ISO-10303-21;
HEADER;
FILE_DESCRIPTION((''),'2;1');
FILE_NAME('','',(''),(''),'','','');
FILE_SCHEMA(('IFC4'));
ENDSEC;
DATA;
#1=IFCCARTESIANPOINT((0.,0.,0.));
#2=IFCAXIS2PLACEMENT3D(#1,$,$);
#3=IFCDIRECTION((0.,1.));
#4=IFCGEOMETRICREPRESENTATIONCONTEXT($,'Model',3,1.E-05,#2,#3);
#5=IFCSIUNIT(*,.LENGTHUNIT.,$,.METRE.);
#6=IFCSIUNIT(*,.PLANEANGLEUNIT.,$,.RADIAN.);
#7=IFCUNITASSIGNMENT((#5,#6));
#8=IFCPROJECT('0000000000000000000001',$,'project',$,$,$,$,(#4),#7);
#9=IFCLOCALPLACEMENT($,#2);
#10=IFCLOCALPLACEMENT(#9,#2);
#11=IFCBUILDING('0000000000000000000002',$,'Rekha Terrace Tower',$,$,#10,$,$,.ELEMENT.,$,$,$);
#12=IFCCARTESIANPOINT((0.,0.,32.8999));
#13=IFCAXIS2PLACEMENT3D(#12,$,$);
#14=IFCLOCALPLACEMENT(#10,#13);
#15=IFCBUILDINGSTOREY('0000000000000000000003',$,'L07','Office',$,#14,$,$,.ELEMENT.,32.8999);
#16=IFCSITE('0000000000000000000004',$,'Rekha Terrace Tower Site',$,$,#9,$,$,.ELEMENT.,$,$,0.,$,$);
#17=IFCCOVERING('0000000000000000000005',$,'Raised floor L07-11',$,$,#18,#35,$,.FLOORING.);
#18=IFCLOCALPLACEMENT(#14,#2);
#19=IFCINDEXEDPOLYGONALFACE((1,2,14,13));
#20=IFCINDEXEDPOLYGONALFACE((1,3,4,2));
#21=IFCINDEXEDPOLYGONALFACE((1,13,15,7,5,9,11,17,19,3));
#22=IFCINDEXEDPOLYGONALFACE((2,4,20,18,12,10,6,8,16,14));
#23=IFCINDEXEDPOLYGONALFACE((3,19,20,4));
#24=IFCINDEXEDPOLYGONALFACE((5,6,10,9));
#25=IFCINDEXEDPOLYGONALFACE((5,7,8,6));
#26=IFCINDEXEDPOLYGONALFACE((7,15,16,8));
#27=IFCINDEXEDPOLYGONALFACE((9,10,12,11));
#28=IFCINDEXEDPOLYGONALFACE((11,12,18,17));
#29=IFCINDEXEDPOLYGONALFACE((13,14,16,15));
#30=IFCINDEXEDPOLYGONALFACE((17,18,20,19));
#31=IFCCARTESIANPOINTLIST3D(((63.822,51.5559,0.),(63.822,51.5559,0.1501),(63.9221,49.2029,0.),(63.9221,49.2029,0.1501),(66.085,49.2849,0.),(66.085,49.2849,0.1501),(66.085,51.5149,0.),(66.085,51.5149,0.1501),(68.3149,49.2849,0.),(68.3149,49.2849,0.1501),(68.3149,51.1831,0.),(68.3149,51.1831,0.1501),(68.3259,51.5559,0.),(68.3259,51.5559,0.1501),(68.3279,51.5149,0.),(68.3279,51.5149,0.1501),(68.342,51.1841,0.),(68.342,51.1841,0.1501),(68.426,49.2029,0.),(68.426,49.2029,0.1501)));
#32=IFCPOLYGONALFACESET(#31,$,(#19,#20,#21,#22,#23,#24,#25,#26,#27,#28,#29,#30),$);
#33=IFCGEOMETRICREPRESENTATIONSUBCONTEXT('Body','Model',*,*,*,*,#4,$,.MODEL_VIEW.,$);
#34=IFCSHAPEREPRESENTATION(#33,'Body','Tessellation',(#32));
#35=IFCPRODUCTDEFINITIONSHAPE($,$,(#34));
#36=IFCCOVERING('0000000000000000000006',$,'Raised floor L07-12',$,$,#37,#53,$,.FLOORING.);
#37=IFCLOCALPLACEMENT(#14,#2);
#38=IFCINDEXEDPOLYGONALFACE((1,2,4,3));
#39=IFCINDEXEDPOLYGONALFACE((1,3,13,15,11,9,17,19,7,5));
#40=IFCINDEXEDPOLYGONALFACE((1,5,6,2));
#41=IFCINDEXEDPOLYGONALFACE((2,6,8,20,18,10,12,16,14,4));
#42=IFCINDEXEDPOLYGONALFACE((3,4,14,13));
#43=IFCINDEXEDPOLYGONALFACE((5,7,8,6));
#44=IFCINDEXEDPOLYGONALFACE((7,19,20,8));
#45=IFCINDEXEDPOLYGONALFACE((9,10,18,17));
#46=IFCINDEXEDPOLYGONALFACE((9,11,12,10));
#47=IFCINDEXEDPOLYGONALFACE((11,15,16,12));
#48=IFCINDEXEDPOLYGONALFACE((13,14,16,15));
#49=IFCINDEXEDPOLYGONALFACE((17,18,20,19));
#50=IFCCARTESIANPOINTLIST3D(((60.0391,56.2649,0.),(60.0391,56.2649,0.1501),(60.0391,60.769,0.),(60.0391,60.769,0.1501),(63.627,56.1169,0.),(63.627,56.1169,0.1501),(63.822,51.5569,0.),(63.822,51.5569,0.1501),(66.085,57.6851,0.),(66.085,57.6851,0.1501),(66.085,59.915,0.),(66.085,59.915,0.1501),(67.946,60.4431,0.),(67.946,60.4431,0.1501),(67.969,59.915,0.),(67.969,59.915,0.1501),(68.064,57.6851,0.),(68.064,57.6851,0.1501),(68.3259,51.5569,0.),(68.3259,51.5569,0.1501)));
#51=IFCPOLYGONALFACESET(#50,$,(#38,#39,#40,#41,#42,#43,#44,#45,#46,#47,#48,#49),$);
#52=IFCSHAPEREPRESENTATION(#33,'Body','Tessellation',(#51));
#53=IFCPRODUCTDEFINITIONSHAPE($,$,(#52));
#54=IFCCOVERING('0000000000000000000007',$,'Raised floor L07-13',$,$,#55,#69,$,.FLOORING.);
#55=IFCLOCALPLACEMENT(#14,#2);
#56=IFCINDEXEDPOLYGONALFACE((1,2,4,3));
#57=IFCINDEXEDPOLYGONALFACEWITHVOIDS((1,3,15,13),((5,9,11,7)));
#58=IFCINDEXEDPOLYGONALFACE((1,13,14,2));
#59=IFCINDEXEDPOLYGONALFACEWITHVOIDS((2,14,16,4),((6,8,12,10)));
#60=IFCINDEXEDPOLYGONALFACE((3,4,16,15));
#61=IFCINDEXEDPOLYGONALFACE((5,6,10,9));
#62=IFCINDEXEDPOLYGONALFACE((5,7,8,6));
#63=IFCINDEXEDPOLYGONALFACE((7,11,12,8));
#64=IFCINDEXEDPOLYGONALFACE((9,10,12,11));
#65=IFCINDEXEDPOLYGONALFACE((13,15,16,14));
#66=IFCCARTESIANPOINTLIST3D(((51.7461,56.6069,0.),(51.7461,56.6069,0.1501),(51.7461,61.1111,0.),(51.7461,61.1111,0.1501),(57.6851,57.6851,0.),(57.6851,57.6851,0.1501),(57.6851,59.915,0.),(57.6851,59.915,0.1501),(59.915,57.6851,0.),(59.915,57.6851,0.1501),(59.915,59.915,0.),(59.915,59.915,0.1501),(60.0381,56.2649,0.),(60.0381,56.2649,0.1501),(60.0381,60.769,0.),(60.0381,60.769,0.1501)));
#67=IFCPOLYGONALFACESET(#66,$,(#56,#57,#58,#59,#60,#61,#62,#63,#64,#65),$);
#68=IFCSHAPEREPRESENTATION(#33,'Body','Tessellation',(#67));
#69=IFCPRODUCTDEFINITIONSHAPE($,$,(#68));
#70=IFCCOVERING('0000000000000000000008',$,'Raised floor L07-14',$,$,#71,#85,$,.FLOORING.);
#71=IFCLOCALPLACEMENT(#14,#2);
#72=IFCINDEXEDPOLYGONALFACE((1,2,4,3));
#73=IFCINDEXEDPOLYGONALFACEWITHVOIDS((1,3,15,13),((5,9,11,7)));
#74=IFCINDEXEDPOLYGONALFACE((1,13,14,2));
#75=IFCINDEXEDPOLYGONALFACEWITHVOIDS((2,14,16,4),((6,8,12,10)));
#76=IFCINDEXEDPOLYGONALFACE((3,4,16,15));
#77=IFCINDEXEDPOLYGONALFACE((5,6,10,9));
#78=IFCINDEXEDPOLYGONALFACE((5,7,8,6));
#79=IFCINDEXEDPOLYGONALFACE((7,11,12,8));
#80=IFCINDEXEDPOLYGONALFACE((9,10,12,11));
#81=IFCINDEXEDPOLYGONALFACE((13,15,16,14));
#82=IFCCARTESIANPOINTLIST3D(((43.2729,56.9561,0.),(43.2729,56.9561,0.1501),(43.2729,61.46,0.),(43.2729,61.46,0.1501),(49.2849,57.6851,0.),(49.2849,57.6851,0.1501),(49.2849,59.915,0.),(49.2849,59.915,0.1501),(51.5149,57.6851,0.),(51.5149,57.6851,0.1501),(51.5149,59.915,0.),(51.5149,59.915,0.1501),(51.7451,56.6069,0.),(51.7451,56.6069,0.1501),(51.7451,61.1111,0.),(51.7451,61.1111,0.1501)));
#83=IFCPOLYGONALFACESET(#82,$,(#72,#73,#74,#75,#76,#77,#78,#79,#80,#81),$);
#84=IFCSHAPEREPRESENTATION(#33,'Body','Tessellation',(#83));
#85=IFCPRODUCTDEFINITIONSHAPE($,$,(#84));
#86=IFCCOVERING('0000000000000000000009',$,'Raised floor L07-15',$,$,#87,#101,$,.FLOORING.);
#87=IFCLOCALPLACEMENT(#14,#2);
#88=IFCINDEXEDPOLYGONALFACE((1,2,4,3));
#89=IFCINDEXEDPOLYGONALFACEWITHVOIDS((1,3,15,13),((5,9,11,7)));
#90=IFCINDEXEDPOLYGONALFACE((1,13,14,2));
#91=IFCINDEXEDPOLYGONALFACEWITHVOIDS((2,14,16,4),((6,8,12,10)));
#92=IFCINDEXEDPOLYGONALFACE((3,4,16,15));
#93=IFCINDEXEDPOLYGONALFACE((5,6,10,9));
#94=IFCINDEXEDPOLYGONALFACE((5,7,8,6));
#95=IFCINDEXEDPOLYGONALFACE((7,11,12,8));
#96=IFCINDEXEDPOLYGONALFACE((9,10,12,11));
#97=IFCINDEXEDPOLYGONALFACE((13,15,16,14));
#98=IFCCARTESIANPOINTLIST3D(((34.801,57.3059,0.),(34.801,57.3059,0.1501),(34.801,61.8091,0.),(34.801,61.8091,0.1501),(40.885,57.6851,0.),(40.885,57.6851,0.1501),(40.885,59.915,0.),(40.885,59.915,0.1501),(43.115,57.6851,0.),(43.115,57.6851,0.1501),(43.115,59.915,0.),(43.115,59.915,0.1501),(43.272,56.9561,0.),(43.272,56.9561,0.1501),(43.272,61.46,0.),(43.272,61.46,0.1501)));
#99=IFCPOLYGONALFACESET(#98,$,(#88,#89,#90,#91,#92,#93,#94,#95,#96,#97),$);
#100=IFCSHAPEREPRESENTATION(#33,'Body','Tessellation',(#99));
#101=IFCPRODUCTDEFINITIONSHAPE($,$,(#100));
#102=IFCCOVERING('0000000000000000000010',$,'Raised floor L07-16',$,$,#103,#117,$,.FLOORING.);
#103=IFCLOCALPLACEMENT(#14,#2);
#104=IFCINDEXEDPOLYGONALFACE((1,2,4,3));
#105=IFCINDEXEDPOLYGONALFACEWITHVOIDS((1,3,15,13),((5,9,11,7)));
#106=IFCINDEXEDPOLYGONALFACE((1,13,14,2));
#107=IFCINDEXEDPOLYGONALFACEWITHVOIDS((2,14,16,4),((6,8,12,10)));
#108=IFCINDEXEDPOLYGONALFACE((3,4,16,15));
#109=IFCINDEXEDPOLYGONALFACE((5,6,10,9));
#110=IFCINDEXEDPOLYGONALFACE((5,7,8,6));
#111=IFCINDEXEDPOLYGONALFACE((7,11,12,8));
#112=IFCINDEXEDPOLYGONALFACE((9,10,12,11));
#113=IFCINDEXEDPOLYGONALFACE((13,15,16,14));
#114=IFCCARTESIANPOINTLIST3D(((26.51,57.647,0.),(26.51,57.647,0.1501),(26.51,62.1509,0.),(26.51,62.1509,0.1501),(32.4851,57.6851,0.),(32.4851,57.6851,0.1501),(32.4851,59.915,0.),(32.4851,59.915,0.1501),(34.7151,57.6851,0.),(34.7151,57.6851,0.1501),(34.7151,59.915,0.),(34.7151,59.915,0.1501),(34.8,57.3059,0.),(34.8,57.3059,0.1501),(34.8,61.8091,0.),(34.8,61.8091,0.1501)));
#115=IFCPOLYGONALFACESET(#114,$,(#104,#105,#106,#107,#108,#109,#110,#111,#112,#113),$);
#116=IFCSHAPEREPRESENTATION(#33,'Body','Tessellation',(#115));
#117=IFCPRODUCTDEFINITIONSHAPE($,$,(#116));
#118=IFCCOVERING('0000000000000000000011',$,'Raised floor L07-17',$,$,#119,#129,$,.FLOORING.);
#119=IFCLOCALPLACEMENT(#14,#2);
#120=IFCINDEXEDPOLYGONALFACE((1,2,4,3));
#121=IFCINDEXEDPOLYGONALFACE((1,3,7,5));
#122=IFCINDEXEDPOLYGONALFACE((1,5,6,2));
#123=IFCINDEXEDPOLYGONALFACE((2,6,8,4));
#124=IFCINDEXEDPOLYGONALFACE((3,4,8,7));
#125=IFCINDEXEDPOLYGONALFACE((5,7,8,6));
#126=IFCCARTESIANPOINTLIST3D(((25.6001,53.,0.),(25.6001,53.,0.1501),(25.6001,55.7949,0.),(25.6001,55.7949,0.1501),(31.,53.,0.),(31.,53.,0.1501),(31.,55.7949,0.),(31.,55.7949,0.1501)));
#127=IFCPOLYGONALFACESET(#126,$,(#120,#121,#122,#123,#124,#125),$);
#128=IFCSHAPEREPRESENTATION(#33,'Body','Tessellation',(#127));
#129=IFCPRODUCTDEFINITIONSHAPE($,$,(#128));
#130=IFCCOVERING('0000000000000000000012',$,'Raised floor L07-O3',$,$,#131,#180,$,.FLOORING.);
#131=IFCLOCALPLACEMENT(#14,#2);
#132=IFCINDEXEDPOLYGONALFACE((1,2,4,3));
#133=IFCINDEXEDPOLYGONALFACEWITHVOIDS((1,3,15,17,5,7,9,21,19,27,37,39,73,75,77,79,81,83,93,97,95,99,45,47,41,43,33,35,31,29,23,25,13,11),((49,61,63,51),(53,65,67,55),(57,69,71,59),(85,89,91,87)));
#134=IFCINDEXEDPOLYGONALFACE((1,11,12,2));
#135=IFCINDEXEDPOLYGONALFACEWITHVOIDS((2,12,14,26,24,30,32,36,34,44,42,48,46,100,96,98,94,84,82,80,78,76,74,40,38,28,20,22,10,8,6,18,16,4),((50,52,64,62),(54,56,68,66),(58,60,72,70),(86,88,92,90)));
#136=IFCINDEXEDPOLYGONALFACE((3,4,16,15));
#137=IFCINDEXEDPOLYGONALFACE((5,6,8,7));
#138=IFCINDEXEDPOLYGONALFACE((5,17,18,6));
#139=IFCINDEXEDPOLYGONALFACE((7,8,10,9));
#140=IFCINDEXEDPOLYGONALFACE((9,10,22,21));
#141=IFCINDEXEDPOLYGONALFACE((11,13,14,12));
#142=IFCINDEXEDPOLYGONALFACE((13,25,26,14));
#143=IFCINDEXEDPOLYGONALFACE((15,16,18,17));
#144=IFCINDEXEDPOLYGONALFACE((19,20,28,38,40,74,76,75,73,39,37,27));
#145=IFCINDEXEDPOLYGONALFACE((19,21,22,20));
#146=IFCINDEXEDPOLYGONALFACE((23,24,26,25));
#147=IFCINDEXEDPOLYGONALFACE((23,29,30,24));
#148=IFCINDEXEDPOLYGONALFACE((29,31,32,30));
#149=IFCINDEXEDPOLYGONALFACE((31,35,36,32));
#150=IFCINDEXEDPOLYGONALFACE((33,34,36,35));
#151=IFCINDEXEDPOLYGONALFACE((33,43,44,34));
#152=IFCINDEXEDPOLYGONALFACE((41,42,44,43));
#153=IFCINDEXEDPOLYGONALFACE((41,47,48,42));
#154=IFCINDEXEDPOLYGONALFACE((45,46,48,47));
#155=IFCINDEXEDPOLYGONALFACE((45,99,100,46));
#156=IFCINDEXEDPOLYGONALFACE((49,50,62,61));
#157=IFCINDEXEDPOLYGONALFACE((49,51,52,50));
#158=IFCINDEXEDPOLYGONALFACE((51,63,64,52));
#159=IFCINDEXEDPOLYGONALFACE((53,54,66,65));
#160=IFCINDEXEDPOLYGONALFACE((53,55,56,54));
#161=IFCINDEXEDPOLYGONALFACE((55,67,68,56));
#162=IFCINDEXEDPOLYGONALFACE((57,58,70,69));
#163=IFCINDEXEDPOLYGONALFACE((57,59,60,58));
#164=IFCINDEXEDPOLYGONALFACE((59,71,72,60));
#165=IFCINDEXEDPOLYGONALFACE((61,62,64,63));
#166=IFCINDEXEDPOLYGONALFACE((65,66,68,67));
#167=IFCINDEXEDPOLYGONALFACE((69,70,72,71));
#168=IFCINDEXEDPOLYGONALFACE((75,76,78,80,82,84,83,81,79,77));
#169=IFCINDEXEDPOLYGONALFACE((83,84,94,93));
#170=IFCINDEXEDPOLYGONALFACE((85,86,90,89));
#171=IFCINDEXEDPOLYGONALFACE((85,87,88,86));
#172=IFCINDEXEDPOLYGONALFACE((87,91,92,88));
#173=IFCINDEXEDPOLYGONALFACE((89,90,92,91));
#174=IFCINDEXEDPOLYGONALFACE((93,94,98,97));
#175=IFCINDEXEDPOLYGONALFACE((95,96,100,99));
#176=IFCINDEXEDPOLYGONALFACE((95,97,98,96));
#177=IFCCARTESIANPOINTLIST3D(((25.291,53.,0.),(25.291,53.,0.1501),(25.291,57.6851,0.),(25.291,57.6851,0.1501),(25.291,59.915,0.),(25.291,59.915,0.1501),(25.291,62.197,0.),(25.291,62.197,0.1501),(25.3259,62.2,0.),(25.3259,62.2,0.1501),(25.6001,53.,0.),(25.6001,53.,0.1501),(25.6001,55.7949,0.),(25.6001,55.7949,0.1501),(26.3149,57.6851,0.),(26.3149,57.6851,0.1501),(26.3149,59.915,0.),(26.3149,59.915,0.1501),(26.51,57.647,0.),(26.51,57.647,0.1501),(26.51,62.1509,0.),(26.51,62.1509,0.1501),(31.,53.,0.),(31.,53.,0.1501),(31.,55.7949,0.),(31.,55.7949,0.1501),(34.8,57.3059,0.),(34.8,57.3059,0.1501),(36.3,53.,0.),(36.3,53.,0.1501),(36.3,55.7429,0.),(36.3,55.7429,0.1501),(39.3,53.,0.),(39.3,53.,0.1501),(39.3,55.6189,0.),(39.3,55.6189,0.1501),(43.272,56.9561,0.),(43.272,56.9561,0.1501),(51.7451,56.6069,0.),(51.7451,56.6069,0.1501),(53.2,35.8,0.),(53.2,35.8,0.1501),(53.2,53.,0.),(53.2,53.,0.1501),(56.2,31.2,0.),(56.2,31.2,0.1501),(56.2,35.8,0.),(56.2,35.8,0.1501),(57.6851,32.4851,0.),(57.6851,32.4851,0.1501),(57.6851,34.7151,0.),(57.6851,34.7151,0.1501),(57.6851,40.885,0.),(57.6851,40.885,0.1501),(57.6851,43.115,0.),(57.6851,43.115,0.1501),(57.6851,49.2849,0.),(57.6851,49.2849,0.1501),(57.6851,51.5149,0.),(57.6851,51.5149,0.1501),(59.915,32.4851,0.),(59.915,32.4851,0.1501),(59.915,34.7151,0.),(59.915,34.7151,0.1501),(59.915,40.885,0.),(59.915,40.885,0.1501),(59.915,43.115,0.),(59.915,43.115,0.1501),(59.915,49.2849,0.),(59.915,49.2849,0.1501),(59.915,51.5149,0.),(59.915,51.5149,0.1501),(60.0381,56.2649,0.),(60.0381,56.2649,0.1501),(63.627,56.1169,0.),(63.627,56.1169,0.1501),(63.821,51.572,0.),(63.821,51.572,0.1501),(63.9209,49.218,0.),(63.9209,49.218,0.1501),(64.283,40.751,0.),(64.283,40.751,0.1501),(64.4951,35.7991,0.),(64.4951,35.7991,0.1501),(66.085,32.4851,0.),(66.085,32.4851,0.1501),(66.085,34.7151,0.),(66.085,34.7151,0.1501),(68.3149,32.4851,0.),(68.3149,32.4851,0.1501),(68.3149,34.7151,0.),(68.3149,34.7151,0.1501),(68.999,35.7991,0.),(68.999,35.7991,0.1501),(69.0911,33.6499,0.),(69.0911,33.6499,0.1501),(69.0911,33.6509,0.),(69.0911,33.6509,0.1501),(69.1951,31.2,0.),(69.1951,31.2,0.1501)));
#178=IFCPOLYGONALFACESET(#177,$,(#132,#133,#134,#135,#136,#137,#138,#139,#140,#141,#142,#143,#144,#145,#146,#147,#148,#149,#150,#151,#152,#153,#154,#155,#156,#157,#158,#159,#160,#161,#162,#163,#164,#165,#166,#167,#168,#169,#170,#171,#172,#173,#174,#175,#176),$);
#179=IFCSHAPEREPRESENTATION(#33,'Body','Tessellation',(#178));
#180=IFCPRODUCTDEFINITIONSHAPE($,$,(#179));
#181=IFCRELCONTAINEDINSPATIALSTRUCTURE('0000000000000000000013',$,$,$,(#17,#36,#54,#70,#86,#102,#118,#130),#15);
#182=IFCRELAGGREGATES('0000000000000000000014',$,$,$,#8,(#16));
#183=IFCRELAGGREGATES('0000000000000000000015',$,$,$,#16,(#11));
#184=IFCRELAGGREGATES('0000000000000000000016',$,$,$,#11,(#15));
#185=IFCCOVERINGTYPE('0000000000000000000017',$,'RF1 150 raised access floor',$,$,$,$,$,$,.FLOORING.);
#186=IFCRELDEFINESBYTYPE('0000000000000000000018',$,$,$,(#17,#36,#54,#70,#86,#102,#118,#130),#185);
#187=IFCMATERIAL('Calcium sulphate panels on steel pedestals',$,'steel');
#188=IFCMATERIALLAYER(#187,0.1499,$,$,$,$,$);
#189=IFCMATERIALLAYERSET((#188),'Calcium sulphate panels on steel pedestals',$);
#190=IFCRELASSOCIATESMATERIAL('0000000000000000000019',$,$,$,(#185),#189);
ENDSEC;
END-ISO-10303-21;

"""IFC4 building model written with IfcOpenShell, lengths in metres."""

from ifc_helpers import new_model, si_unit, direction, frame, origin, place, context, subcontext, project, spatial, polyline, outline, extrude, material, layer, layer_set, type_object, element, save


model = new_model("IFC4")

# Units and contexts
model_context = context("Model", 3, precision=1e-05, world=origin(), true_north=direction((0.0, 1.0)))
body_context = subcontext(model_context, "Body", "Model", "MODEL_VIEW")
ifc_project = project(units=[si_unit("LENGTHUNIT", "METRE"), si_unit("PLANEANGLEUNIT", "RADIAN")], contexts=[model_context])

# Site, building, storey
site_placement = place(None, origin())
site = spatial("IfcSite", under=ifc_project, at=site_placement, Name="Rekha Terrace Tower Site", CompositionType="ELEMENT", RefElevation=0.0)
building_placement = place(site_placement, origin())
building = spatial("IfcBuilding", under=site, at=building_placement, Name="Rekha Terrace Tower", CompositionType="ELEMENT")
storey_placement = place(building_placement, frame((0.0, 0.0, 32.8999)))
storey = spatial("IfcBuildingStorey", under=building, at=storey_placement, Name="L07", Description="Office", CompositionType="ELEMENT", Elevation=32.8999)

# Coverings
ifc_material_1 = material(Name="Calcium sulphate panels on steel pedestals", Category="steel")
ifc_layer_1 = layer(ifc_material_1, 0.1499)
ifc_layer_set_1 = layer_set([ifc_layer_1], Name="Calcium sulphate panels on steel pedestals")
covering_type_1 = type_object("IfcCoveringType", Name="RF1 150 raised access floor", PredefinedType="FLOORING", material=ifc_layer_set_1)
covering_1_placement = place(storey_placement, origin())
element("IfcCovering", 1, at=covering_1_placement, inside=storey, type_object=covering_type_1, Name="Raised floor L07-11", PredefinedType="FLOORING", context=body_context, shape_type="SweptSolid", body=[
    extrude(outline(polyline([(68.3259, 51.5559), (63.822, 51.5559), (63.9221, 49.2029), (68.426, 49.2029), (68.342, 51.1841), (68.3149, 51.1831), (68.3149, 49.2849), (66.085, 49.2849), (66.085, 51.5149), (68.3279, 51.5149), (68.3259, 51.5559)])), origin(), (0.0, 0.0, 1.0), 0.1501),
])
covering_2_placement = place(storey_placement, origin())
element("IfcCovering", 2, at=covering_2_placement, inside=storey, type_object=covering_type_1, Name="Raised floor L07-12", PredefinedType="FLOORING", context=body_context, shape_type="SweptSolid", body=[
    extrude(outline(polyline([(60.0391, 56.2649), (63.627, 56.1169), (63.822, 51.5569), (68.3259, 51.5569), (68.064, 57.6851), (66.085, 57.6851), (66.085, 59.915), (67.969, 59.915), (67.946, 60.4431), (60.0391, 60.769), (60.0391, 56.2649)])), origin(), (0.0, 0.0, 1.0), 0.1501),
])
covering_3_placement = place(storey_placement, origin())
element("IfcCovering", 3, at=covering_3_placement, inside=storey, type_object=covering_type_1, Name="Raised floor L07-13", PredefinedType="FLOORING", context=body_context, shape_type="SweptSolid", body=[
    extrude(outline(polyline([(60.0381, 56.2649), (60.0381, 60.769), (51.7461, 61.1111), (51.7461, 56.6069), (60.0381, 56.2649)]), holes=[polyline([(59.915, 57.6851), (57.6851, 57.6851), (57.6851, 59.915), (59.915, 59.915), (59.915, 57.6851)])]), origin(), (0.0, 0.0, 1.0), 0.1501),
])
covering_4_placement = place(storey_placement, origin())
element("IfcCovering", 4, at=covering_4_placement, inside=storey, type_object=covering_type_1, Name="Raised floor L07-14", PredefinedType="FLOORING", context=body_context, shape_type="SweptSolid", body=[
    extrude(outline(polyline([(51.7451, 56.6069), (51.7451, 61.1111), (43.2729, 61.46), (43.2729, 56.9561), (51.7451, 56.6069)]), holes=[polyline([(51.5149, 57.6851), (49.2849, 57.6851), (49.2849, 59.915), (51.5149, 59.915), (51.5149, 57.6851)])]), origin(), (0.0, 0.0, 1.0), 0.1501),
])
covering_5_placement = place(storey_placement, origin())
element("IfcCovering", 5, at=covering_5_placement, inside=storey, type_object=covering_type_1, Name="Raised floor L07-15", PredefinedType="FLOORING", context=body_context, shape_type="SweptSolid", body=[
    extrude(outline(polyline([(43.272, 56.9561), (43.272, 61.46), (34.801, 61.8091), (34.801, 57.3059), (43.272, 56.9561)]), holes=[polyline([(43.115, 57.6851), (40.885, 57.6851), (40.885, 59.915), (43.115, 59.915), (43.115, 57.6851)])]), origin(), (0.0, 0.0, 1.0), 0.1501),
])
covering_6_placement = place(storey_placement, origin())
element("IfcCovering", 6, at=covering_6_placement, inside=storey, type_object=covering_type_1, Name="Raised floor L07-16", PredefinedType="FLOORING", context=body_context, shape_type="SweptSolid", body=[
    extrude(outline(polyline([(34.8, 57.3059), (34.8, 61.8091), (26.51, 62.1509), (26.51, 57.647), (34.8, 57.3059)]), holes=[polyline([(34.7151, 57.6851), (32.4851, 57.6851), (32.4851, 59.915), (34.7151, 59.915), (34.7151, 57.6851)])]), origin(), (0.0, 0.0, 1.0), 0.1501),
])
covering_7_placement = place(storey_placement, origin())
element("IfcCovering", 7, at=covering_7_placement, inside=storey, type_object=covering_type_1, Name="Raised floor L07-17", PredefinedType="FLOORING", context=body_context, shape_type="SweptSolid", body=[
    extrude(outline(polyline([(31.0, 53.0), (31.0, 55.7949), (25.6001, 55.7949), (25.6001, 53.0), (31.0, 53.0)])), origin(), (0.0, 0.0, 1.0), 0.1501),
])
covering_8_placement = place(storey_placement, origin())
element("IfcCovering", 8, at=covering_8_placement, inside=storey, type_object=covering_type_1, Name="Raised floor L07-O3", PredefinedType="FLOORING", context=body_context, shape_type="SweptSolid", body=[
    extrude(outline(polyline([(43.272, 56.9561), (34.8, 57.3059), (26.51, 57.647), (26.51, 62.1509), (25.3259, 62.2), (25.291, 62.197), (25.291, 59.915), (26.3149, 59.915), (26.3149, 57.6851), (25.291, 57.6851), (25.291, 53.0), (25.6001, 53.0), (25.6001, 55.7949), (31.0, 55.7949), (31.0, 53.0), (36.3, 53.0), (36.3, 55.7429), (39.3, 55.6189), (39.3, 53.0), (53.2, 53.0), (53.2, 35.8), (56.2, 35.8), (56.2, 31.2), (69.1951, 31.2), (69.0911, 33.6499), (69.0911, 33.6509), (68.999, 35.7991), (64.4951, 35.7991), (64.283, 40.751), (63.9209, 49.218), (63.821, 51.572), (63.627, 56.1169), (60.0381, 56.2649), (51.7451, 56.6069), (43.272, 56.9561)]), holes=[polyline([(68.3149, 32.4851), (66.085, 32.4851), (66.085, 34.7151), (68.3149, 34.7151), (68.3149, 32.4851)]), polyline([(59.915, 32.4851), (57.6851, 32.4851), (57.6851, 34.7151), (59.915, 34.7151), (59.915, 32.4851)]), polyline([(59.915, 40.885), (57.6851, 40.885), (57.6851, 43.115), (59.915, 43.115), (59.915, 40.885)]), polyline([(59.915, 49.2849), (57.6851, 49.2849), (57.6851, 51.5149), (59.915, 51.5149), (59.915, 49.2849)])]), origin(), (0.0, 0.0, 1.0), 0.1501),
])

save(model, "model.ifc")
